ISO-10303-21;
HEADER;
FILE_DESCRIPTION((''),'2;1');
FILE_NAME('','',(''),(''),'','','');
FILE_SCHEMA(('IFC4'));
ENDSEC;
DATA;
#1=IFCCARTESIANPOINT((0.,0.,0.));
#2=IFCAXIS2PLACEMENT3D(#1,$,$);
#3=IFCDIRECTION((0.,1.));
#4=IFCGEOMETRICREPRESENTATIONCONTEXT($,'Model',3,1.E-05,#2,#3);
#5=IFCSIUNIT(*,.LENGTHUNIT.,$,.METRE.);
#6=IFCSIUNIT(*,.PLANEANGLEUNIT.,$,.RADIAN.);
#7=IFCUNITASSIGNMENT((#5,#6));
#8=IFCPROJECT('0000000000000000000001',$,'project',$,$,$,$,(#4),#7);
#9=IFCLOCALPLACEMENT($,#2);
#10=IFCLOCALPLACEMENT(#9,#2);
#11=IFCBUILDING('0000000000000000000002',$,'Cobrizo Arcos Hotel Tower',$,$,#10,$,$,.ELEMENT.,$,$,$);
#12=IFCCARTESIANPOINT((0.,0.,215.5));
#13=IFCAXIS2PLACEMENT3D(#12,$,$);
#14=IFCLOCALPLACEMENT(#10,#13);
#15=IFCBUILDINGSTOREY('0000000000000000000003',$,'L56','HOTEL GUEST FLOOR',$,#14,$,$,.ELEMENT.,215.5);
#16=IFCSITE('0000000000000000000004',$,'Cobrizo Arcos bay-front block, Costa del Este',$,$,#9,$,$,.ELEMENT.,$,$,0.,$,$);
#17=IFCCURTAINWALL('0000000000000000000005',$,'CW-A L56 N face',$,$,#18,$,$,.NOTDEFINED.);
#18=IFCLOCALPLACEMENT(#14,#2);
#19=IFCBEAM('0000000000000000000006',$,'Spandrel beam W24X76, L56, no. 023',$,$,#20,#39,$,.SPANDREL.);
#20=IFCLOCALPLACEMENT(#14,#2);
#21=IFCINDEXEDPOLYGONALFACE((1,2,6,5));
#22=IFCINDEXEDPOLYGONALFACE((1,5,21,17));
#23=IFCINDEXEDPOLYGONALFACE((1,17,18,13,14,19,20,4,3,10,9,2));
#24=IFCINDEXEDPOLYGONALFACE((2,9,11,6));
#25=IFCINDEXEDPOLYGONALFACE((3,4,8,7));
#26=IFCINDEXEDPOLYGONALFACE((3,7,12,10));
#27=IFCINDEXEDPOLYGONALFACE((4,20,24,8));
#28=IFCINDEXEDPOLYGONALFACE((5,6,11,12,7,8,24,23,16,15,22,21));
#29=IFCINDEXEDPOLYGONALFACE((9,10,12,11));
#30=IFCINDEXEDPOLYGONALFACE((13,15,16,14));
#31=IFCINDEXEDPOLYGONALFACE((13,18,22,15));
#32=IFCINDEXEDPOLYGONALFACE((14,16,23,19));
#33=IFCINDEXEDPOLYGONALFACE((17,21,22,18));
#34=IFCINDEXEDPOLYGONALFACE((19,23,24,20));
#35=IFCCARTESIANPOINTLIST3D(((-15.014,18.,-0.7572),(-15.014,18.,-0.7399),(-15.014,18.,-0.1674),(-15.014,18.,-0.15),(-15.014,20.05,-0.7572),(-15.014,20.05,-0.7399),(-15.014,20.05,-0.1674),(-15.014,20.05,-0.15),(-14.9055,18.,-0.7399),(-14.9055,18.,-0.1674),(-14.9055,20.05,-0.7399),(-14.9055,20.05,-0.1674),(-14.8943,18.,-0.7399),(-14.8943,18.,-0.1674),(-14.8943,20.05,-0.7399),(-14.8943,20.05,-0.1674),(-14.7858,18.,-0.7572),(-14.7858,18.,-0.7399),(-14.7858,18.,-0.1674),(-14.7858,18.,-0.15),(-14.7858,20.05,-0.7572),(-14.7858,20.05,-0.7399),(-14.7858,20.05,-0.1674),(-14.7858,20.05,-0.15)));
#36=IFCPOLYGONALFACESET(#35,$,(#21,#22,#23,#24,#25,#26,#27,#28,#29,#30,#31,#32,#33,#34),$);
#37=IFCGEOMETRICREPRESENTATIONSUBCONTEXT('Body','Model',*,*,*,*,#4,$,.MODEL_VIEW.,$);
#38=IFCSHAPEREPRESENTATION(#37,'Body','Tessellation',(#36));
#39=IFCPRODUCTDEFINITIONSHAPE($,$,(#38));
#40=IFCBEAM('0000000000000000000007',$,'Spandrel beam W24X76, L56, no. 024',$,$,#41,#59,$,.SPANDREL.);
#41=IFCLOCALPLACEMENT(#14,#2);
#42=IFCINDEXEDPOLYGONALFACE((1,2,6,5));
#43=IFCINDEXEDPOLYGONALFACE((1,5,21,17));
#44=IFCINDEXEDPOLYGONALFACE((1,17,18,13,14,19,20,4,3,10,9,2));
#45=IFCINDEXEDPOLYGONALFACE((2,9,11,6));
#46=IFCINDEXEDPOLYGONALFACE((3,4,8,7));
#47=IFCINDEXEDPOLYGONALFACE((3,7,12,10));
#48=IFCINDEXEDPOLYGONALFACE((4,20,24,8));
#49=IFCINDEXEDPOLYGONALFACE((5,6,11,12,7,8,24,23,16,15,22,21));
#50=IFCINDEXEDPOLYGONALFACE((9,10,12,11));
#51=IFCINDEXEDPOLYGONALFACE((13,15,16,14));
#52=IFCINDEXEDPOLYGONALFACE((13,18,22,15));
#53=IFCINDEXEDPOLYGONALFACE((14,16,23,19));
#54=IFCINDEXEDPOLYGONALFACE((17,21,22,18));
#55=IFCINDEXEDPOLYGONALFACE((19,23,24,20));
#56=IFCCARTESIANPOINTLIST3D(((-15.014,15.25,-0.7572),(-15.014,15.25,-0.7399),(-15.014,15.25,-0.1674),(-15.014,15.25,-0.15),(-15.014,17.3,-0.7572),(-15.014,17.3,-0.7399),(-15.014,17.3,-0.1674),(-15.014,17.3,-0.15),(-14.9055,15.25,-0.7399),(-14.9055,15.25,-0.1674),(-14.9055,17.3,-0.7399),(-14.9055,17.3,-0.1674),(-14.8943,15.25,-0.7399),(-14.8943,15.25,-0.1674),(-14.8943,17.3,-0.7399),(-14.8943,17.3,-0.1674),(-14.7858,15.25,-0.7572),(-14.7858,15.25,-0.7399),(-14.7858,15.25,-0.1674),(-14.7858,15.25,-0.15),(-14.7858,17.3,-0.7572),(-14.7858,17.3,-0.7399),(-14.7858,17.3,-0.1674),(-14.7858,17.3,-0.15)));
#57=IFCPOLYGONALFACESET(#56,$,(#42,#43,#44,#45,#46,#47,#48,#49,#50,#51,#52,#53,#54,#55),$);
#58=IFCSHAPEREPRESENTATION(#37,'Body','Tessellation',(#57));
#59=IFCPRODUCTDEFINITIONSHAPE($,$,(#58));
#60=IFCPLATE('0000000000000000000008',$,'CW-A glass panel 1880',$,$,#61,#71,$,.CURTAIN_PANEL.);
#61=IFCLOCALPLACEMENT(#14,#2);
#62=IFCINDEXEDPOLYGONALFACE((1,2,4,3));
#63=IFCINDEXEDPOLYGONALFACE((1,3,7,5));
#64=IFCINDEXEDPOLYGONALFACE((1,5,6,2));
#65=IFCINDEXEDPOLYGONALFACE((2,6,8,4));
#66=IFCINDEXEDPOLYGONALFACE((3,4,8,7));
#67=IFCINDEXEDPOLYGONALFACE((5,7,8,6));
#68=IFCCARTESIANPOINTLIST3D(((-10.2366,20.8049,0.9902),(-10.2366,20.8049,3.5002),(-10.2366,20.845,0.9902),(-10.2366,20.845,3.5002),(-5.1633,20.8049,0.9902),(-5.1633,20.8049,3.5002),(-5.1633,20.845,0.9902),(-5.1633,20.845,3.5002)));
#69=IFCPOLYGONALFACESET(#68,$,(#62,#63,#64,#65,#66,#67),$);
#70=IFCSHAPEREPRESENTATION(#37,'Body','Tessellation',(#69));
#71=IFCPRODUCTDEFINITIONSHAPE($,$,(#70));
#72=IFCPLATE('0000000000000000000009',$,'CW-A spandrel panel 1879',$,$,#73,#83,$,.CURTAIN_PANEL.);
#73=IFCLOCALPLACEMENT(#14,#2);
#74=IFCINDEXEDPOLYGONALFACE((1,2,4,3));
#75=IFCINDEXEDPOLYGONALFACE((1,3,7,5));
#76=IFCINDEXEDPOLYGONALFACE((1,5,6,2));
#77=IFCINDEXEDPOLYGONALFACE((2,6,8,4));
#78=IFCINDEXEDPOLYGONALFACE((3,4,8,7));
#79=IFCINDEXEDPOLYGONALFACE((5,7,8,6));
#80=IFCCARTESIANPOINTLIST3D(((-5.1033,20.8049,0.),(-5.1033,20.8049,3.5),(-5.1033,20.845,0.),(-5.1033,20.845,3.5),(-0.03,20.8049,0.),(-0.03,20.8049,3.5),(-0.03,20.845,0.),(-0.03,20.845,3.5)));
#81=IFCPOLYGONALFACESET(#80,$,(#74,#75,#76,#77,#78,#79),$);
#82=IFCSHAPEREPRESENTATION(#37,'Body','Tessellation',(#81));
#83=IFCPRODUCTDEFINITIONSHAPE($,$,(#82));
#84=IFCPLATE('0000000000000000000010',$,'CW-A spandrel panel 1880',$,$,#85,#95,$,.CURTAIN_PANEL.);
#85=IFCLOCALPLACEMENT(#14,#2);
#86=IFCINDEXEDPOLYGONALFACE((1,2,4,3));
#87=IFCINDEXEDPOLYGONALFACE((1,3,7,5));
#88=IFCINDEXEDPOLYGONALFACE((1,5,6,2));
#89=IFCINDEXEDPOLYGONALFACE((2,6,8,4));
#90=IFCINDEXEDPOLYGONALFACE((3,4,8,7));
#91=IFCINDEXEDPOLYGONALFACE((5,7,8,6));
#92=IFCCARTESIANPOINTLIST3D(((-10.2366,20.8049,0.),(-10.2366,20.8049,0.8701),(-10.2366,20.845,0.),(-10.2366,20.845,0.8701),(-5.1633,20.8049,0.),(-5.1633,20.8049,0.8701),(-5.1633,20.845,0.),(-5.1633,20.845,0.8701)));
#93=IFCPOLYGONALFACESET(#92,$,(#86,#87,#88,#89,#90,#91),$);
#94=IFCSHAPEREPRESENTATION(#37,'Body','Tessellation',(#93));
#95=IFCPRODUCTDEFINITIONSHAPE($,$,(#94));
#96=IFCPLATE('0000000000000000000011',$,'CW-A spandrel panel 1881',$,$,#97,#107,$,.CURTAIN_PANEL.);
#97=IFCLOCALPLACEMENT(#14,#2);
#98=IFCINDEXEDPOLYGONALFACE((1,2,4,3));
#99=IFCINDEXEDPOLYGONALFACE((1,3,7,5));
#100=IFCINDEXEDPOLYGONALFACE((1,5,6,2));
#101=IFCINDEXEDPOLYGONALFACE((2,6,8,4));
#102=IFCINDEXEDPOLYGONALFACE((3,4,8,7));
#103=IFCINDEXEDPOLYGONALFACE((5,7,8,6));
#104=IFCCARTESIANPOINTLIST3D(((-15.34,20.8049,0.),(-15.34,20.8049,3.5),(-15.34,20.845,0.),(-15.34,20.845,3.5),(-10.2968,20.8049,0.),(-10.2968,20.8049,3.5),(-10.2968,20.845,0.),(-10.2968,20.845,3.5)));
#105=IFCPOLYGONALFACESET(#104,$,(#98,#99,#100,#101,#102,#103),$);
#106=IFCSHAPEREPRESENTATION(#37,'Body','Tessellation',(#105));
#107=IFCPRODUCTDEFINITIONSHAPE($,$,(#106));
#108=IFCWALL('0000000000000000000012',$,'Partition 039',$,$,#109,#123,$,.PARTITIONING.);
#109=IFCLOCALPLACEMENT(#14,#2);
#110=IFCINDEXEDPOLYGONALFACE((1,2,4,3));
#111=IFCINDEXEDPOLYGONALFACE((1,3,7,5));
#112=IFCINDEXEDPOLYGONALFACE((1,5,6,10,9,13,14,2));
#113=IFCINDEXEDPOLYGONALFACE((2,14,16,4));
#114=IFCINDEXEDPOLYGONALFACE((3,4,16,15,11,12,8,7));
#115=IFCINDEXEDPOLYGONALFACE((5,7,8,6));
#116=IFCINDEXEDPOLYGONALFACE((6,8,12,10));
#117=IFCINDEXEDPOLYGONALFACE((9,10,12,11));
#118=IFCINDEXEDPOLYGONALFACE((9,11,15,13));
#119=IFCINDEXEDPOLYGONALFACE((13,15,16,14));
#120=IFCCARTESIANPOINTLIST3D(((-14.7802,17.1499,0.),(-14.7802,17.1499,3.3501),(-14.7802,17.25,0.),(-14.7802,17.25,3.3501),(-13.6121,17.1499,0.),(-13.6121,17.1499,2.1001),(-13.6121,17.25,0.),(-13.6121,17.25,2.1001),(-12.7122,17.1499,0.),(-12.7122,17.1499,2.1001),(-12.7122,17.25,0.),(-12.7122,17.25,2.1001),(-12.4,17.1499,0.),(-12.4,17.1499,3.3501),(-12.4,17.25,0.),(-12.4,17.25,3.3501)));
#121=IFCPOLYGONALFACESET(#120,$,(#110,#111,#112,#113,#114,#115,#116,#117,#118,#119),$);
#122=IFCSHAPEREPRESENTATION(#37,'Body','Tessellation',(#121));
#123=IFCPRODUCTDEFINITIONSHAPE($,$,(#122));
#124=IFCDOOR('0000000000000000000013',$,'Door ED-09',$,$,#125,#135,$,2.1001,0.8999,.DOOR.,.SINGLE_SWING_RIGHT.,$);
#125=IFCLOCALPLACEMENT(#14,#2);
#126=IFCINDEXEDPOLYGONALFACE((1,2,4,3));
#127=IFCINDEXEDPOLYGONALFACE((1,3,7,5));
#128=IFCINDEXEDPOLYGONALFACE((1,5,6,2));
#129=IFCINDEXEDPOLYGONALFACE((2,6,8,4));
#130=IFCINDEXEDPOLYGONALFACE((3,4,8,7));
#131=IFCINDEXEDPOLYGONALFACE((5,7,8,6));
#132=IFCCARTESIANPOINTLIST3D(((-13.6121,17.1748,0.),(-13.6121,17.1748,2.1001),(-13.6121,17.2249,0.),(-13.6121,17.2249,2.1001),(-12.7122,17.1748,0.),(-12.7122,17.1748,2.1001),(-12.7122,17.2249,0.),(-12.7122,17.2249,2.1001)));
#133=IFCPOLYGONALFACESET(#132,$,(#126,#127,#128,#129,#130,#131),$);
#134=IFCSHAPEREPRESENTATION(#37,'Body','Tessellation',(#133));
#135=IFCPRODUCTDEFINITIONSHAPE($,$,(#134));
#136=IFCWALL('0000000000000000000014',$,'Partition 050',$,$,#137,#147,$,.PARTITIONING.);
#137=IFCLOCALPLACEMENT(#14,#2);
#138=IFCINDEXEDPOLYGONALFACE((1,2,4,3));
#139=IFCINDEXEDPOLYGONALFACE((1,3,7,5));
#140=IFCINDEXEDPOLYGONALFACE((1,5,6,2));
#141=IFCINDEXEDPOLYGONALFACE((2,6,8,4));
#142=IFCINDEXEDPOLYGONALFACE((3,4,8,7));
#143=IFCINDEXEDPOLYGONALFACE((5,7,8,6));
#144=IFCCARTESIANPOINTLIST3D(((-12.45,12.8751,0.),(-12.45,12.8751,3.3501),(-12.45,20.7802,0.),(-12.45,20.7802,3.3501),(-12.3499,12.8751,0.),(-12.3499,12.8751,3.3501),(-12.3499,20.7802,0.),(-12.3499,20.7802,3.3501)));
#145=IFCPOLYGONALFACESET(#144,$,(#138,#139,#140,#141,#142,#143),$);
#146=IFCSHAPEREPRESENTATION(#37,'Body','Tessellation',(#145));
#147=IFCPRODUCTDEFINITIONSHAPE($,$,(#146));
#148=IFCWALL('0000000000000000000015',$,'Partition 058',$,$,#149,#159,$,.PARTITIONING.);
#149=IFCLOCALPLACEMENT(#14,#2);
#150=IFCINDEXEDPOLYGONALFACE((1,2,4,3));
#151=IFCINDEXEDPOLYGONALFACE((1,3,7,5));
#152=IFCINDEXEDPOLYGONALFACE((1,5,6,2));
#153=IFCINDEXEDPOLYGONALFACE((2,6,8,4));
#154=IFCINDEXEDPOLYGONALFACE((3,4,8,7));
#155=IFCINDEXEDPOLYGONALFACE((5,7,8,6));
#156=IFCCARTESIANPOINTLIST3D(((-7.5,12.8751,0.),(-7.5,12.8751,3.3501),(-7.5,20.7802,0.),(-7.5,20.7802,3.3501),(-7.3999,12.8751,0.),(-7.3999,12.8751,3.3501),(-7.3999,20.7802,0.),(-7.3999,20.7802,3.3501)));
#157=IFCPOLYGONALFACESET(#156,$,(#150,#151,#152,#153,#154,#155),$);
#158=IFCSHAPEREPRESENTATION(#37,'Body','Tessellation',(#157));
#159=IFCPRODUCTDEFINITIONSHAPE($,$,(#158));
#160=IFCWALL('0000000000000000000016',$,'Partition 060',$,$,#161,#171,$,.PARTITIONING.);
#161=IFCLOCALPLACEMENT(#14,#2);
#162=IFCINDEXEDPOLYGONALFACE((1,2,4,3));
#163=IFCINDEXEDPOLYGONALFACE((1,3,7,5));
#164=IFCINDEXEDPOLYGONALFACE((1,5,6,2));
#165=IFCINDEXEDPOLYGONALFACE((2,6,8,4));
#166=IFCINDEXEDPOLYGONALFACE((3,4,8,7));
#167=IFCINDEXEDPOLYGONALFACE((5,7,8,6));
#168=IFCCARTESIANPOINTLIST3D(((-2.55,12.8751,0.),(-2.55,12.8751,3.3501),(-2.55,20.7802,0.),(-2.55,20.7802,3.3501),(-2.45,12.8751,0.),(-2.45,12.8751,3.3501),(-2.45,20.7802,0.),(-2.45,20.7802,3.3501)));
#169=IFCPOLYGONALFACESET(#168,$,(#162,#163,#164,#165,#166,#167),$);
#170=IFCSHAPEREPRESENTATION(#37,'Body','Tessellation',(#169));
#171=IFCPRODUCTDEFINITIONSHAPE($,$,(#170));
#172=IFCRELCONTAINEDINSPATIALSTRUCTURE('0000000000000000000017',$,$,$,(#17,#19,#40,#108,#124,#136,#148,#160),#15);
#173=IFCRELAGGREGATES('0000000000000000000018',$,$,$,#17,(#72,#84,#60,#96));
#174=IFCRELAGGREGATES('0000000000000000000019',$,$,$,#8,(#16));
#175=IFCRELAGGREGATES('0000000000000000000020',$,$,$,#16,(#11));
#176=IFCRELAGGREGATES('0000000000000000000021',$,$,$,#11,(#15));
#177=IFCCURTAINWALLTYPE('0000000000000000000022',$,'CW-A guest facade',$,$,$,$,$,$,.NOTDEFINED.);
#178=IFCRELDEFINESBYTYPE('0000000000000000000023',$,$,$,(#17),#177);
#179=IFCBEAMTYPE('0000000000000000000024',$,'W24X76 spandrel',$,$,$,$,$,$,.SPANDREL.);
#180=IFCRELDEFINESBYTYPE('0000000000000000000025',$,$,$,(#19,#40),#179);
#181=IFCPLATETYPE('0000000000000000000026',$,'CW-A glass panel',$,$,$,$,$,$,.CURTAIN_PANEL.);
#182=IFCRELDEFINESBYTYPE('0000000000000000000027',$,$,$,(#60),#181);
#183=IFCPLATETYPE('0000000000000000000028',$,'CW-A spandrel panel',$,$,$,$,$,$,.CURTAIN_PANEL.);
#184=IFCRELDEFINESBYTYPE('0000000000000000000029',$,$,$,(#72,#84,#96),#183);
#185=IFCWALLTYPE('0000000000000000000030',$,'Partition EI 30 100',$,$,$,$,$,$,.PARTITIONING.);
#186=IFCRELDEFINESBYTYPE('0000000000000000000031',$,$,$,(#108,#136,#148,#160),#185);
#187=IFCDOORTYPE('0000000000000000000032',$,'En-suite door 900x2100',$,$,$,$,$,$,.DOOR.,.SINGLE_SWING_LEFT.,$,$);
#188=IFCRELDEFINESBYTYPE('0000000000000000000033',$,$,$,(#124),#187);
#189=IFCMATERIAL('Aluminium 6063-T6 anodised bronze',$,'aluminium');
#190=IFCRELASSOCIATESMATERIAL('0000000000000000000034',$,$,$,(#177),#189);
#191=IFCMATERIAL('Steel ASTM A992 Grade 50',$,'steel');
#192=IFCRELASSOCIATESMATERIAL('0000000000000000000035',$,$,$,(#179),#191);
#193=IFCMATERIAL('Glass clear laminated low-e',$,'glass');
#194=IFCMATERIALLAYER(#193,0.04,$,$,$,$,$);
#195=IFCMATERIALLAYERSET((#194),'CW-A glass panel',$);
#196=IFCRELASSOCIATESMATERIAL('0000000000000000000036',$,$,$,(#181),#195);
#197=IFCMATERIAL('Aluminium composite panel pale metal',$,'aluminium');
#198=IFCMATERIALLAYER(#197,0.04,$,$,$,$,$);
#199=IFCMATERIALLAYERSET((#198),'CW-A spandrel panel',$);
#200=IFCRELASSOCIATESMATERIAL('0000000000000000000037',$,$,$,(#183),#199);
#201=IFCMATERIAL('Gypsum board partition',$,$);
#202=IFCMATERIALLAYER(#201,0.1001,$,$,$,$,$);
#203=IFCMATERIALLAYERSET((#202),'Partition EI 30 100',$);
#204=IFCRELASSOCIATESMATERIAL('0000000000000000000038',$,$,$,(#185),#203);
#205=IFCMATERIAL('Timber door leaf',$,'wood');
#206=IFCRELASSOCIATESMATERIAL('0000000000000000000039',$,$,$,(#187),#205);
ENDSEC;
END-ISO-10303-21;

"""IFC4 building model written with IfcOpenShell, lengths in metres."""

from ifc_helpers import new_model, si_unit, direction, frame, frame_2d, origin, origin_2d, place, context, subcontext, project, spatial, rectangle, i_section, extrude, material, layer, layer_set, material_profile, profile_set, type_object, element, fill, aggregate, save


model = new_model("IFC4")

# Units and contexts
model_context = context("Model", 3, precision=1e-05, world=origin(), true_north=direction((0.0, 1.0)))
body_context = subcontext(model_context, "Body", "Model", "MODEL_VIEW")
ifc_project = project(units=[si_unit("LENGTHUNIT", "METRE"), si_unit("PLANEANGLEUNIT", "RADIAN")], contexts=[model_context])

# Site, building, storey
site_placement = place(None, origin())
site = spatial("IfcSite", under=ifc_project, at=site_placement, Name="Cobrizo Arcos bay-front block, Costa del Este", CompositionType="ELEMENT", RefElevation=0.0)
building_placement = place(site_placement, origin())
building = spatial("IfcBuilding", under=site, at=building_placement, Name="Cobrizo Arcos Hotel Tower", CompositionType="ELEMENT")
storey_placement = place(building_placement, frame((0.0, 0.0, 215.5)))
storey = spatial("IfcBuildingStorey", under=building, at=storey_placement, Name="L56", Description="HOTEL GUEST FLOOR", CompositionType="ELEMENT", Elevation=215.5)

# Curtain wall
ifc_material_1 = material(Name="Aluminium 6063-T6 anodised bronze", Category="aluminium")
curtain_wall_type = type_object("IfcCurtainWallType", Name="CW-A guest facade", PredefinedType="NOTDEFINED", material=ifc_material_1)
curtain_wall_placement = place(storey_placement, origin())
curtain_wall = element("IfcCurtainWall", 1, at=curtain_wall_placement, inside=storey, type_object=curtain_wall_type, Name="CW-A L56 N face", PredefinedType="NOTDEFINED")

# Beams
ifc_material_2 = material(Name="Steel ASTM A992 Grade 50", Category="steel")
ifc_material_profile_1 = material_profile(ifc_material_2, i_section(OverallWidth=0.2283, OverallDepth=0.6072, WebThickness=0.0112, FlangeThickness=0.0173, at=origin_2d()), Name="W24X76")
ifc_profile_set_1 = profile_set([ifc_material_profile_1], Name="Steel ASTM A992 Grade 50")
beam_type = type_object("IfcBeamType", Name="W24X76 spandrel", PredefinedType="SPANDREL", material=ifc_profile_set_1)
for number, where, z_axis, x_axis, name in (
    (2, (-14.8999, 20.05, -0.4536), (0.0, -1.0, 0.0), (1.0, 0.0, 0.0), "Spandrel beam W24X76, L56, no. 023"),
    (3, (-14.8999, 17.3, -0.4536), (0.0, -1.0, 0.0), (1.0, 0.0, 0.0), "Spandrel beam W24X76, L56, no. 024"),
):
    element("IfcBeam", number, at=place(storey_placement, frame(where, z_axis=z_axis, x_axis=x_axis)), inside=storey, type_object=beam_type, Name=name, PredefinedType="SPANDREL", context=body_context, shape_type="SweptSolid", body=[
        extrude(i_section(OverallWidth=0.2283, OverallDepth=0.6072, WebThickness=0.0112, FlangeThickness=0.0173, at=origin_2d()), origin(), (0.0, 0.0, 1.0), 2.05),
    ])

# Plates
ifc_material_3 = material(Name="Glass clear laminated low-e", Category="glass")
ifc_layer_1 = layer(ifc_material_3, 0.04)
ifc_layer_set_1 = layer_set([ifc_layer_1], Name="CW-A glass panel")
plate_type_1 = type_object("IfcPlateType", Name="CW-A glass panel", PredefinedType="CURTAIN_PANEL", material=ifc_layer_set_1)
plate_1_placement = place(storey_placement, frame((-7.7, 20.825, 0.9902), z_axis=(0.0, 0.0, 1.0), x_axis=(-1.0, 0.0, 0.0)))
plate_1 = element("IfcPlate", 4, at=plate_1_placement, type_object=plate_type_1, Name="CW-A glass panel 1880", PredefinedType="CURTAIN_PANEL", context=body_context, shape_type="SweptSolid", body=[
    extrude(rectangle(XDim=5.0732, YDim=0.04, at=origin_2d()), origin(), (0.0, 0.0, 1.0), 2.51),
])
ifc_material_4 = material(Name="Aluminium composite panel pale metal", Category="aluminium")
ifc_layer_2 = layer(ifc_material_4, 0.04)
ifc_layer_set_2 = layer_set([ifc_layer_2], Name="CW-A spandrel panel")
plate_type_2 = type_object("IfcPlateType", Name="CW-A spandrel panel", PredefinedType="CURTAIN_PANEL", material=ifc_layer_set_2)
plate_2_placement = place(storey_placement, frame((-2.5667, 20.825, 0.0), z_axis=(0.0, 0.0, 1.0), x_axis=(-1.0, 0.0, 0.0)))
plate_2 = element("IfcPlate", 5, at=plate_2_placement, type_object=plate_type_2, Name="CW-A spandrel panel 1879", PredefinedType="CURTAIN_PANEL", context=body_context, shape_type="SweptSolid", body=[
    extrude(rectangle(XDim=5.0732, YDim=0.04, at=origin_2d()), origin(), (0.0, 0.0, 1.0), 3.5),
])
plate_3_placement = place(storey_placement, frame((-7.7, 20.825, 0.0), z_axis=(0.0, 0.0, 1.0), x_axis=(-1.0, 0.0, 0.0)))
plate_3 = element("IfcPlate", 6, at=plate_3_placement, type_object=plate_type_2, Name="CW-A spandrel panel 1880", PredefinedType="CURTAIN_PANEL", context=body_context, shape_type="SweptSolid", body=[
    extrude(rectangle(XDim=5.0732, YDim=0.04, at=origin_2d()), origin(), (0.0, 0.0, 1.0), 0.8701),
])
plate_4_placement = place(storey_placement, frame((-12.8184, 20.825, 0.0), z_axis=(0.0, 0.0, 1.0), x_axis=(-1.0, 0.0, 0.0)))
plate_4 = element("IfcPlate", 7, at=plate_4_placement, type_object=plate_type_2, Name="CW-A spandrel panel 1881", PredefinedType="CURTAIN_PANEL", context=body_context, shape_type="SweptSolid", body=[
    extrude(rectangle(XDim=5.0432, YDim=0.04, at=origin_2d()), origin(), (0.0, 0.0, 1.0), 3.5),
])
aggregate(curtain_wall, [plate_2, plate_3, plate_1, plate_4])

# Wall, opening, door
ifc_material_5 = material(Name="Gypsum board partition")
ifc_layer_3 = layer(ifc_material_5, 0.1001)
ifc_layer_set_3 = layer_set([ifc_layer_3], Name="Partition EI 30 100")
wall_type = type_object("IfcWallType", Name="Partition EI 30 100", PredefinedType="PARTITIONING", material=ifc_layer_set_3)
wall_placement = place(storey_placement, frame((-14.78, 17.2, 0.0), z_axis=(0.0, 0.0, 1.0), x_axis=(1.0, 0.0, 0.0)))
wall = element("IfcWall", 8, at=wall_placement, inside=storey, type_object=wall_type, Name="Partition 039", PredefinedType="PARTITIONING", context=body_context, shape_type="SweptSolid", body=[
    extrude(rectangle(XDim=2.3801, YDim=0.1001, at=frame_2d((1.1899, 0.0))), origin(), (0.0, 0.0, 1.0), 3.3501),
])
opening_placement = place(wall_placement, frame((1.168, 0.0, 0.0)))
opening = element("IfcOpeningElement", 9, at=opening_placement, cuts=wall, PredefinedType="OPENING", context=body_context, shape_type="SweptSolid", body=[
    extrude(rectangle(XDim=0.8999, YDim=2.1001, at=frame_2d((0.45, 1.05))), frame((0.0, 0.062, 0.0), z_axis=(0.0, -1.0, 0.0), x_axis=(1.0, 0.0, 0.0)), (0.0, 0.0, 1.0), 0.124),
])
ifc_material_6 = material(Name="Timber door leaf", Category="wood")
door_type = type_object("IfcDoorType", Name="En-suite door 900x2100", OperationType="SINGLE_SWING_LEFT", PredefinedType="DOOR", material=ifc_material_6)
door_placement = place(opening_placement, origin())
door = element("IfcDoor", 10, at=door_placement, inside=storey, type_object=door_type, Name="Door ED-09", OperationType="SINGLE_SWING_RIGHT", OverallHeight=2.1001, OverallWidth=0.8999, PredefinedType="DOOR", context=body_context, shape_type="SweptSolid", body=[
    extrude(rectangle(XDim=0.8999, YDim=2.1001, at=frame_2d((0.45, 1.05))), frame((0.0, 0.0249, 0.0), z_axis=(0.0, -1.0, 0.0), x_axis=(1.0, 0.0, 0.0)), (0.0, 0.0, 1.0), 0.05),
])
fill(opening, door)

# Walls
for number, where, z_axis, x_axis, name in (
    (11, (-12.3999, 12.875, 0.0), (0.0, 0.0, 1.0), (0.0, 1.0, 0.0), "Partition 050"),
    (12, (-7.45, 12.875, 0.0), (0.0, 0.0, 1.0), (0.0, 1.0, 0.0), "Partition 058"),
    (13, (-2.5, 12.875, 0.0), (0.0, 0.0, 1.0), (0.0, 1.0, 0.0), "Partition 060"),
):
    element("IfcWall", number, at=place(storey_placement, frame(where, z_axis=z_axis, x_axis=x_axis)), inside=storey, type_object=wall_type, Name=name, PredefinedType="PARTITIONING", context=body_context, shape_type="SweptSolid", body=[
        extrude(rectangle(XDim=7.905, YDim=0.1001, at=frame_2d((3.9526, 0.0))), origin(), (0.0, 0.0, 1.0), 3.3501),
    ])

save(model, "model.ifc")
